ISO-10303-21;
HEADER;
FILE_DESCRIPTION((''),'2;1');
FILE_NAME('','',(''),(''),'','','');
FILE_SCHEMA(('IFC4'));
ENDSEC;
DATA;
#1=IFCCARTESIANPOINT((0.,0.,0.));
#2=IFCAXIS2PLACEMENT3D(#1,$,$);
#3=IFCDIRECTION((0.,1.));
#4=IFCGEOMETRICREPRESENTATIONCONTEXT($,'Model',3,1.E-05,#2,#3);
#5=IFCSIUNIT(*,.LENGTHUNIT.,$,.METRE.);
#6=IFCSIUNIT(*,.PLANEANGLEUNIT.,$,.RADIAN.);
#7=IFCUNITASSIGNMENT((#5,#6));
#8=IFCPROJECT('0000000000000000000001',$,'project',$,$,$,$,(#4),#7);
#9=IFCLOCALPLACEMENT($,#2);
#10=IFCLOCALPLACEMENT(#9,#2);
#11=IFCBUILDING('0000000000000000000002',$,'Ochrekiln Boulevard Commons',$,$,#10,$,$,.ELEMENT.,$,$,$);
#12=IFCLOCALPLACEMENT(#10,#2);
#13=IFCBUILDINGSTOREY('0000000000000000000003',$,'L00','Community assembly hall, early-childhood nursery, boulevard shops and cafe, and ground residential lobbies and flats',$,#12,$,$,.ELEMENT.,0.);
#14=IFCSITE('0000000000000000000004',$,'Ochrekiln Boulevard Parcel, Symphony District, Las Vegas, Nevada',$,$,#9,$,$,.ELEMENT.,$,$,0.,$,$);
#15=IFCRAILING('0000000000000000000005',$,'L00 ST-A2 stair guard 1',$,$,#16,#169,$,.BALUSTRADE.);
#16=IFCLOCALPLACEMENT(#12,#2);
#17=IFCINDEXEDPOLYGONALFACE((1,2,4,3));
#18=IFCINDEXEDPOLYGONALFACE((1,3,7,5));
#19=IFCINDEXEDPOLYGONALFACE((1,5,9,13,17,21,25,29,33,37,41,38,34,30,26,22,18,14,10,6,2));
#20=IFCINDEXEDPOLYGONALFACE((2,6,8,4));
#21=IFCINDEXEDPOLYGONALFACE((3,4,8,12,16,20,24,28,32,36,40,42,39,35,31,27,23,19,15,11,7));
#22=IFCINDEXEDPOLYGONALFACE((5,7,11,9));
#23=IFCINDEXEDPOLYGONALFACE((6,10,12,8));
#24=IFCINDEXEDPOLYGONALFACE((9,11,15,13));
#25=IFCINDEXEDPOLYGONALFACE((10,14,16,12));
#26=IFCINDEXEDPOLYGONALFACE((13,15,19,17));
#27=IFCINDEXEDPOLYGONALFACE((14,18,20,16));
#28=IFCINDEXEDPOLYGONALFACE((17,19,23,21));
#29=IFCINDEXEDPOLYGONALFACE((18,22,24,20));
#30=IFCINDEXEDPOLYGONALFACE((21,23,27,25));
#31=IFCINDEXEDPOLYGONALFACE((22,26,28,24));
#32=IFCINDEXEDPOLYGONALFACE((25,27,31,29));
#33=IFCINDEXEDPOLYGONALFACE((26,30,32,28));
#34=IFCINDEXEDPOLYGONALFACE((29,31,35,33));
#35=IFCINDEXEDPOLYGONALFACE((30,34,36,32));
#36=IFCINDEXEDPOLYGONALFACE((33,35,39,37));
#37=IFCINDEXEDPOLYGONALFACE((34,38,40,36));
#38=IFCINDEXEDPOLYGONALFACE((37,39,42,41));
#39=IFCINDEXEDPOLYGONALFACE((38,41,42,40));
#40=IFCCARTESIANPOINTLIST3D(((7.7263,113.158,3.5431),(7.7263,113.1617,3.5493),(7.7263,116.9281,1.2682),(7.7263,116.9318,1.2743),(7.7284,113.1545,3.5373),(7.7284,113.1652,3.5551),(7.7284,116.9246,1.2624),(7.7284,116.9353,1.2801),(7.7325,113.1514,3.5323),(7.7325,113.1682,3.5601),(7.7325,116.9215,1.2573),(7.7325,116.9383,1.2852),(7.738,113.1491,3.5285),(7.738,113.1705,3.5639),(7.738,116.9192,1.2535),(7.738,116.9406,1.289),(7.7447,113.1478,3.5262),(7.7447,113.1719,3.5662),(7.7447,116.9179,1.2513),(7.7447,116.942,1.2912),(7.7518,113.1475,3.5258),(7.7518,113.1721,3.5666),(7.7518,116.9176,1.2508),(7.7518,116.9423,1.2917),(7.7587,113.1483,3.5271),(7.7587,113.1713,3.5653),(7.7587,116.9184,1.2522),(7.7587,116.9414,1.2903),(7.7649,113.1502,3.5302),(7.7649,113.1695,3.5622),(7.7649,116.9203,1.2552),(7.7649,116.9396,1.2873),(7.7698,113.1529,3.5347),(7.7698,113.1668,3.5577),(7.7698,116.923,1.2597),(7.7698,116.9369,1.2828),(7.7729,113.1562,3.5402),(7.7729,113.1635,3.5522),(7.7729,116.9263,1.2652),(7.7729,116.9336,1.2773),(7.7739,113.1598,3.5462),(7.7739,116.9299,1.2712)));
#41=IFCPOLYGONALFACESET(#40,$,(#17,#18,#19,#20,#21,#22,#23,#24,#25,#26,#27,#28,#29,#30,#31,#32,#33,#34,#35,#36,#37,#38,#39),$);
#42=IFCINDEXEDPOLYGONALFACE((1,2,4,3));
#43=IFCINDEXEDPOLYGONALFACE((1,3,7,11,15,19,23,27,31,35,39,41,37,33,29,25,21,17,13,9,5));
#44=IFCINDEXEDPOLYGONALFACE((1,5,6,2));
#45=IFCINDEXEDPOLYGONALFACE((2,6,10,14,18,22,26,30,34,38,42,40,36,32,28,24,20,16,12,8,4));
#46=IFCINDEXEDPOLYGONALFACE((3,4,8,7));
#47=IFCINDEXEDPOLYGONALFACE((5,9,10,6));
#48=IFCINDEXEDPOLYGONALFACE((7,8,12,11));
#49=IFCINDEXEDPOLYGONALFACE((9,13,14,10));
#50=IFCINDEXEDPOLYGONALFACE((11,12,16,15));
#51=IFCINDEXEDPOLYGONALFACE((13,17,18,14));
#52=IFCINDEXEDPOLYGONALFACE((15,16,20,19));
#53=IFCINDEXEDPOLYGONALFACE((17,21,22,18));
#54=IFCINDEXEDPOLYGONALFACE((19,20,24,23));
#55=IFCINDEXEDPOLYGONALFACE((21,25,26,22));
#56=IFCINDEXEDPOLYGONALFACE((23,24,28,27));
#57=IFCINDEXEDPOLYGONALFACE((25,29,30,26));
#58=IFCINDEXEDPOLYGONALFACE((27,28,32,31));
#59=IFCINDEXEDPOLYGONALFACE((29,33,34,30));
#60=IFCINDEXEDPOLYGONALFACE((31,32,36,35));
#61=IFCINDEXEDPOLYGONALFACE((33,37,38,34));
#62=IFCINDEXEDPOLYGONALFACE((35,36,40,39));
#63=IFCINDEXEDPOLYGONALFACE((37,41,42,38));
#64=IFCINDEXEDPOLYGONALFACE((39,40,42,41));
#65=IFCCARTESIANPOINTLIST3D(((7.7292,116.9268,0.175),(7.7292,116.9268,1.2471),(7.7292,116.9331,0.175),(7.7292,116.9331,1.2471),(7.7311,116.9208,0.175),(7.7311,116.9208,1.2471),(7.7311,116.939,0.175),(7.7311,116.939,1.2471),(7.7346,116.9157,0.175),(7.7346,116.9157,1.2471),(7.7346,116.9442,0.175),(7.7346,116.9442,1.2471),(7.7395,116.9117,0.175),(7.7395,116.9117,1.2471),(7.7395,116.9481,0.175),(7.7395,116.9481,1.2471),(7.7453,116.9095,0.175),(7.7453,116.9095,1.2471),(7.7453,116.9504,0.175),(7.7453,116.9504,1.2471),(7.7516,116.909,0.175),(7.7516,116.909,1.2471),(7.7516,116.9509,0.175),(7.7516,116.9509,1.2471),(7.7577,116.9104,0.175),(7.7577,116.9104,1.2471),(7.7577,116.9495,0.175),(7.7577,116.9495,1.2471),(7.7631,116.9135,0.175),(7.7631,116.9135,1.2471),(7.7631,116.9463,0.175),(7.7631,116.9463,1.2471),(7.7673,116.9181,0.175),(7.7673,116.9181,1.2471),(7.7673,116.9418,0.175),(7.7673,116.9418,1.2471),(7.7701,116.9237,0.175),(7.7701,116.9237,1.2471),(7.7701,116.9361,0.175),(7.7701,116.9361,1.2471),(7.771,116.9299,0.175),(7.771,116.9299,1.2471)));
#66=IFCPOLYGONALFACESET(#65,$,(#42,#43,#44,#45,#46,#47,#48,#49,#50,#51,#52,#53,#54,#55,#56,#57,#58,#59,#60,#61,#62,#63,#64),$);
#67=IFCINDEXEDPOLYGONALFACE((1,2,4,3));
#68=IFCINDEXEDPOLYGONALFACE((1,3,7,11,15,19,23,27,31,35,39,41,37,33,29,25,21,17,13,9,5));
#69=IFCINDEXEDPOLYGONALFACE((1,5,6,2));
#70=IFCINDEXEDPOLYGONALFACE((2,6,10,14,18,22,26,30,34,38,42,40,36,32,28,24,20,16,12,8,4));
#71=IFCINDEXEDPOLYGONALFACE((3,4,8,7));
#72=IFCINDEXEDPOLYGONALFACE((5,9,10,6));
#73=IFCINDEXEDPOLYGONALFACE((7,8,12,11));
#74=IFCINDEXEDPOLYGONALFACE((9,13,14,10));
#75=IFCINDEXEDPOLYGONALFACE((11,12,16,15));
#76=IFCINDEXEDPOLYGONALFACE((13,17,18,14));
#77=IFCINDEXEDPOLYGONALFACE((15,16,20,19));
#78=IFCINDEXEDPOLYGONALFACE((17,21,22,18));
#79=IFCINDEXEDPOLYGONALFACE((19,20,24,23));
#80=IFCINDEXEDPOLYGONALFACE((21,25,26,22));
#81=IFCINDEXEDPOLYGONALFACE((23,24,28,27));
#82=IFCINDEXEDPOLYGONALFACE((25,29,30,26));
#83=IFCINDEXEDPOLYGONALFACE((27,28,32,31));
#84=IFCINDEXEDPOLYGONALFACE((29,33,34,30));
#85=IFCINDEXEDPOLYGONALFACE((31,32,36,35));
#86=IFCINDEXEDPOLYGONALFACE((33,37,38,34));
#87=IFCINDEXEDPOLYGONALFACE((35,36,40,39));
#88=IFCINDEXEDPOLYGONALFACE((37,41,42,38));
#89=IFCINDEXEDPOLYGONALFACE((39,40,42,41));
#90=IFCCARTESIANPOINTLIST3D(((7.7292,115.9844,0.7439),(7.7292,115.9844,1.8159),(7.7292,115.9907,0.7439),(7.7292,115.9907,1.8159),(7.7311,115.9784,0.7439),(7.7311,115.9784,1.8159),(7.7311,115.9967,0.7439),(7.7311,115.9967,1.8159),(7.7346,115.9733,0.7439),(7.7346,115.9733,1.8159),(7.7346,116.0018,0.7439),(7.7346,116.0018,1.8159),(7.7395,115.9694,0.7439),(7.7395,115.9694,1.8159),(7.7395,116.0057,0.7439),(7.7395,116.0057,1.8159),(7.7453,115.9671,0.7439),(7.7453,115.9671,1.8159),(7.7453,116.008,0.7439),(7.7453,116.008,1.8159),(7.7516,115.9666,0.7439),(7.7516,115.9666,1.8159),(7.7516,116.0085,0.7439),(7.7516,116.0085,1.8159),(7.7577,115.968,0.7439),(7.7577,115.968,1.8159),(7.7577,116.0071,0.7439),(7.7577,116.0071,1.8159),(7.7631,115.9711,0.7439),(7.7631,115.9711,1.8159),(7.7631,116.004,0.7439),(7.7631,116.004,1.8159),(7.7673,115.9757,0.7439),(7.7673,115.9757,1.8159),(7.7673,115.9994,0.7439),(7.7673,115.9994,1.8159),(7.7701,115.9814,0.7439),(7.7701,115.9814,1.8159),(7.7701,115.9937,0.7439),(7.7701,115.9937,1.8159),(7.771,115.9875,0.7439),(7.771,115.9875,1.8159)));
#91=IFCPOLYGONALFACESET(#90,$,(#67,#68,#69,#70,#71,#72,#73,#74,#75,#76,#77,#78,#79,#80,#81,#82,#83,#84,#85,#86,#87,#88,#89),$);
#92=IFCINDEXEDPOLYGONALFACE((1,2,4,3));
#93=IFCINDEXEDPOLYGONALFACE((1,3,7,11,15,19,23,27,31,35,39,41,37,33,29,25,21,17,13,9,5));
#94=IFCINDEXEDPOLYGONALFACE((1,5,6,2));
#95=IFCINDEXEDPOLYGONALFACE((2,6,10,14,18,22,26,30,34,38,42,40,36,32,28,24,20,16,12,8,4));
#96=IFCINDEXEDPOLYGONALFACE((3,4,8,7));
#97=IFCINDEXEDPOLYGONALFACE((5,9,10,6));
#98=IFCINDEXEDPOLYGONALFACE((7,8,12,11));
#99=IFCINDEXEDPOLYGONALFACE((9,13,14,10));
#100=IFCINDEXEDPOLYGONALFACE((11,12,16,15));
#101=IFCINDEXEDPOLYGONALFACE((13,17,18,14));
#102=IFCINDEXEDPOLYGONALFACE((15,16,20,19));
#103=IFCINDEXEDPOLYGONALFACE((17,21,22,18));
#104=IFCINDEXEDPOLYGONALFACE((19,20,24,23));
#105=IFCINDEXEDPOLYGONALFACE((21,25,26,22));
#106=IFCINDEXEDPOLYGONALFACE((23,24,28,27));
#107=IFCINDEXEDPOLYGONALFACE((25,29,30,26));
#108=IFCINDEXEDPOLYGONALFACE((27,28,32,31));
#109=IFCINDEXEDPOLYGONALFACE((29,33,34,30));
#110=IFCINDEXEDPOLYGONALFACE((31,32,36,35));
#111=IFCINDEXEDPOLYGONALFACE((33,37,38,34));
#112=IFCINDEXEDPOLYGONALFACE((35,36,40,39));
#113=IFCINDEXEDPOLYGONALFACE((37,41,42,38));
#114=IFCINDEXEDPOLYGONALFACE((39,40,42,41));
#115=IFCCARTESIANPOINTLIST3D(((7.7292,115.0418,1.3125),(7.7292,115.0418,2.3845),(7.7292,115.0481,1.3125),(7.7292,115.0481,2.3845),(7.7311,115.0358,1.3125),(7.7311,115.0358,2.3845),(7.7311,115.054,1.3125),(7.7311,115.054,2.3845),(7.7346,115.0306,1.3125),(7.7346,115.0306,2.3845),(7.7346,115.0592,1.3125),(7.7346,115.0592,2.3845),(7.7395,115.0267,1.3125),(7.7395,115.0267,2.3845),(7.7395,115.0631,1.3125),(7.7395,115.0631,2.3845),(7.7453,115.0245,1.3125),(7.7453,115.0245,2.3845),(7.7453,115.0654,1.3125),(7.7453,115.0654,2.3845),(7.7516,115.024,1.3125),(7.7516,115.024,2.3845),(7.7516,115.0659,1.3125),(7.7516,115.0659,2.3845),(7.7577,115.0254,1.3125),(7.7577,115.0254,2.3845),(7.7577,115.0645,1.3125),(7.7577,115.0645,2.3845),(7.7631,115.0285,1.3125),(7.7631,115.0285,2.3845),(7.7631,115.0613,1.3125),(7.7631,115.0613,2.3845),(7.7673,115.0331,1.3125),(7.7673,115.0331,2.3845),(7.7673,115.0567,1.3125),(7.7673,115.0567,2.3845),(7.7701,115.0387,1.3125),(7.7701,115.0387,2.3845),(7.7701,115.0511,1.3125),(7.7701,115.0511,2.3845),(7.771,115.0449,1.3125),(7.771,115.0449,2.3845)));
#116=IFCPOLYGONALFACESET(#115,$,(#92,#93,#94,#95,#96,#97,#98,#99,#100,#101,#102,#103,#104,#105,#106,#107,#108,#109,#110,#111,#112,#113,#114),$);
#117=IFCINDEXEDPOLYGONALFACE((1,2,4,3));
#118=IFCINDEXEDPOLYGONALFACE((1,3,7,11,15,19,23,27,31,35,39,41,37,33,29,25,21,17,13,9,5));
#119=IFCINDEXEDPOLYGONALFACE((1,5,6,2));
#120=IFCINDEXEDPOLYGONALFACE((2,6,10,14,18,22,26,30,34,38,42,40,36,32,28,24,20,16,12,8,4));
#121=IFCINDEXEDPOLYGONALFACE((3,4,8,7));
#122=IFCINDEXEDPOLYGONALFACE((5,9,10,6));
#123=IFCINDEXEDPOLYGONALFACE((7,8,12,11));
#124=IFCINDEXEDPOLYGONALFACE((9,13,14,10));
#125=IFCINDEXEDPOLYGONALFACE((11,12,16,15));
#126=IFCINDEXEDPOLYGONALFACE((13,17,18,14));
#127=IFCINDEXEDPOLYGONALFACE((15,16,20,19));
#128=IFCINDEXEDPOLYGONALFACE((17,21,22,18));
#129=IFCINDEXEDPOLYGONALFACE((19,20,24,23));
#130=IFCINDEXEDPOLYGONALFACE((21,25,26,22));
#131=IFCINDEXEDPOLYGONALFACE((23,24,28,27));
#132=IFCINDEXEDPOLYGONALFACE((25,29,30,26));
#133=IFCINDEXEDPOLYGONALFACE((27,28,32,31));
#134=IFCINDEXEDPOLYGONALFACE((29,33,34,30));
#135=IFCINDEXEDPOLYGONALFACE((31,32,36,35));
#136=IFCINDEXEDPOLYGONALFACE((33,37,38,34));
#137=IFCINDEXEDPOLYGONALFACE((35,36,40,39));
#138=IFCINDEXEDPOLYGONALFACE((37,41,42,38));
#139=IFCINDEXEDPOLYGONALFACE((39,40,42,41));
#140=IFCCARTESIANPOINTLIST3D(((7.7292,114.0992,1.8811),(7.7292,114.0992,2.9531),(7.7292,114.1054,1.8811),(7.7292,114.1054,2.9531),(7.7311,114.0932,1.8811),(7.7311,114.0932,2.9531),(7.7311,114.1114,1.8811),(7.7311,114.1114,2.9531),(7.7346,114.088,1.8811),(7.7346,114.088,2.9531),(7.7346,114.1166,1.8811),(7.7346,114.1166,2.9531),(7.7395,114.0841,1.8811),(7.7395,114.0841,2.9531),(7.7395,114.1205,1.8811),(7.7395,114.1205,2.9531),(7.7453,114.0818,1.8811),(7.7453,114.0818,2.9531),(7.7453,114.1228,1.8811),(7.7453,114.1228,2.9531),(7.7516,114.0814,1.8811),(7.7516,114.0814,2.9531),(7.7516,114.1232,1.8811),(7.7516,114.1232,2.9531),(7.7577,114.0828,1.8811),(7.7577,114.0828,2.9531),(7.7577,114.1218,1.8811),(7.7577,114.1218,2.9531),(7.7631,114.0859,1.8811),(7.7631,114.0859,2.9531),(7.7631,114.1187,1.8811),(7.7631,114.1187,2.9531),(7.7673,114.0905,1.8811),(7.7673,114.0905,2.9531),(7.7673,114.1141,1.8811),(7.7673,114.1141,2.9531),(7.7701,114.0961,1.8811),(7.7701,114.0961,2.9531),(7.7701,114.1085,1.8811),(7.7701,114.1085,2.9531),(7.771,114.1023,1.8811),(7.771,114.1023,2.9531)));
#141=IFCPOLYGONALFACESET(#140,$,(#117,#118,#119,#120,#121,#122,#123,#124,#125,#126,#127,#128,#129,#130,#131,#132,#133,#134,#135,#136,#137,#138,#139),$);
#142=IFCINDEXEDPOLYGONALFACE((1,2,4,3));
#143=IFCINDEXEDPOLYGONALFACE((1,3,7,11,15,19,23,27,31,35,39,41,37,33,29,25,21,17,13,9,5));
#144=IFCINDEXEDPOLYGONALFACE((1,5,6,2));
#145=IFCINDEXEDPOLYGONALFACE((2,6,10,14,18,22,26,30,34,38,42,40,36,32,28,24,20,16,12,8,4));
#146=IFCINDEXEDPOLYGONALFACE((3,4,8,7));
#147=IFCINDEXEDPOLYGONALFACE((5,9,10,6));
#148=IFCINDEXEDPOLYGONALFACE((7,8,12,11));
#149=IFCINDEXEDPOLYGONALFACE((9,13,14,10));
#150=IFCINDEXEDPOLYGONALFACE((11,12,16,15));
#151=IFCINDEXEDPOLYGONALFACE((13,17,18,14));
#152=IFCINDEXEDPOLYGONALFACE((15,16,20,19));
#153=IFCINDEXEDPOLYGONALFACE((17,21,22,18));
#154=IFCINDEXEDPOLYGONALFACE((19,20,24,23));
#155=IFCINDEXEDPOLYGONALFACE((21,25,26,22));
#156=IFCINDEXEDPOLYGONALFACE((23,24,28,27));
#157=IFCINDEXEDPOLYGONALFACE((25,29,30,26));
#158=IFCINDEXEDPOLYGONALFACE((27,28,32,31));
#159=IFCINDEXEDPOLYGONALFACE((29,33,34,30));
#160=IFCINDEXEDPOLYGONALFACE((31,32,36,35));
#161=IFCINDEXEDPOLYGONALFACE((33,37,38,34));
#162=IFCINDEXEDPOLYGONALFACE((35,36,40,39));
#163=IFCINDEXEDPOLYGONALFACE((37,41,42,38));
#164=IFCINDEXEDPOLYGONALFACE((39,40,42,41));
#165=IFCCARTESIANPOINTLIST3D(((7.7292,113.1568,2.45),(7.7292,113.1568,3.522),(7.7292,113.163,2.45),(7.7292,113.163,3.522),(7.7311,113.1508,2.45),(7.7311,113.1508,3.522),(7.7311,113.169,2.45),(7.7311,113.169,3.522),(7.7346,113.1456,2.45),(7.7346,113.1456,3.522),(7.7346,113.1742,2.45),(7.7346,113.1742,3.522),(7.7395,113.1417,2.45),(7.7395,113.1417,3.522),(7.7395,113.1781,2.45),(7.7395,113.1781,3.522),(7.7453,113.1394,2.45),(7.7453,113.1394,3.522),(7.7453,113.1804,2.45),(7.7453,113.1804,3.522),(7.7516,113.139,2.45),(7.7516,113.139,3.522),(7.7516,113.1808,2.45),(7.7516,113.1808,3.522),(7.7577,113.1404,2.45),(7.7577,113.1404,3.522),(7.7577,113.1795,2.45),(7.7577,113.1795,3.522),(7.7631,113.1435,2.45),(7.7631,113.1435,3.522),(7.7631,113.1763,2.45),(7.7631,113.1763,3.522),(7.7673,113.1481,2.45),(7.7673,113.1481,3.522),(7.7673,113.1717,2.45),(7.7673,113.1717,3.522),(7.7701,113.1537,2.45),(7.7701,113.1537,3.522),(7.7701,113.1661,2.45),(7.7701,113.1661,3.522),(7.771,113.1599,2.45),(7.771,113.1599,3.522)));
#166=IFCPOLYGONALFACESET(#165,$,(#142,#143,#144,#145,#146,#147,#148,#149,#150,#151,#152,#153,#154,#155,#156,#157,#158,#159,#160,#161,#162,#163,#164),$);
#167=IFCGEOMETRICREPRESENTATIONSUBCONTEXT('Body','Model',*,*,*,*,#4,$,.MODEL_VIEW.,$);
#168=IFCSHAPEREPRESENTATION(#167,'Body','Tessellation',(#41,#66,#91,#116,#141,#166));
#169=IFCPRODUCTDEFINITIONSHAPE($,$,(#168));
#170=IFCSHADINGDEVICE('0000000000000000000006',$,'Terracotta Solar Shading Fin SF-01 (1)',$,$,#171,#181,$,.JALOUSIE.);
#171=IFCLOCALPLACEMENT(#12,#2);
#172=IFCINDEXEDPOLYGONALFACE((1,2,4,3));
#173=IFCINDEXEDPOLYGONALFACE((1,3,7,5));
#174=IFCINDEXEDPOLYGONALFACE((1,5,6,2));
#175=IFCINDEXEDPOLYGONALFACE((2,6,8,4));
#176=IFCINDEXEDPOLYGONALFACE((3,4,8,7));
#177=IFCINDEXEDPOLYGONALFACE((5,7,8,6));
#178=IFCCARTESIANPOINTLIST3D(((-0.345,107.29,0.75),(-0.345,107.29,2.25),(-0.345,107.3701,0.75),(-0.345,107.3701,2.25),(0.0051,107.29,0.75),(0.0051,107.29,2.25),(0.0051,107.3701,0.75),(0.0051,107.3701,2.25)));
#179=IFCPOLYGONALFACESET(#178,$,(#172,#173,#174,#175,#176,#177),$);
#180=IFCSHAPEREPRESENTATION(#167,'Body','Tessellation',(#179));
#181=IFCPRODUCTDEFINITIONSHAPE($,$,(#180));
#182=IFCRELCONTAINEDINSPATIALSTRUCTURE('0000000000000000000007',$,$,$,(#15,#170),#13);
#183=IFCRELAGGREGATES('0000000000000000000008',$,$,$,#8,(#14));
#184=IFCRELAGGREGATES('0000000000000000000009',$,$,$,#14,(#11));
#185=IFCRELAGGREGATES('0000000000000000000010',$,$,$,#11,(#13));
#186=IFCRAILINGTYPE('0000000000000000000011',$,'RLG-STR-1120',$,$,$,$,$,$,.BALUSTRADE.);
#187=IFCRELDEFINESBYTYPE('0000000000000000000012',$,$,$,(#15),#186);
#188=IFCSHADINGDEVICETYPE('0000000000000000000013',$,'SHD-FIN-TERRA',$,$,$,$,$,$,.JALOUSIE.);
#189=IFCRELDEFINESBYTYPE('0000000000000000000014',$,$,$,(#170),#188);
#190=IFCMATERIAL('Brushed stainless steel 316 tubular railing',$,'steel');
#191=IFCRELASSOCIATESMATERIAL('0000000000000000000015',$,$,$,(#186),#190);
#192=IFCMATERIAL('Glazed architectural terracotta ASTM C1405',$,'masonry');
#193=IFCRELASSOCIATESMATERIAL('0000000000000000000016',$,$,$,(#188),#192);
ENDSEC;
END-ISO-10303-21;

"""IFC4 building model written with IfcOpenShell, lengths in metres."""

from ifc_helpers import new_model, si_unit, direction, frame, origin, origin_2d, place, context, subcontext, project, spatial, rectangle, circle, extrude, material, type_object, element, save


model = new_model("IFC4")

# Units and contexts
model_context = context("Model", 3, precision=1e-05, world=origin(), true_north=direction((0.0, 1.0)))
body_context = subcontext(model_context, "Body", "Model", "MODEL_VIEW")
ifc_project = project(units=[si_unit("LENGTHUNIT", "METRE"), si_unit("PLANEANGLEUNIT", "RADIAN")], contexts=[model_context])

# Site, building, storey
site_placement = place(None, origin())
site = spatial("IfcSite", under=ifc_project, at=site_placement, Name="Ochrekiln Boulevard Parcel, Symphony District, Las Vegas, Nevada", CompositionType="ELEMENT", RefElevation=0.0)
building_placement = place(site_placement, origin())
building = spatial("IfcBuilding", under=site, at=building_placement, Name="Ochrekiln Boulevard Commons", CompositionType="ELEMENT")
storey_placement = place(building_placement, origin())
storey = spatial("IfcBuildingStorey", under=building, at=storey_placement, Name="L00", Description="Community assembly hall, early-childhood nursery, boulevard shops and cafe, and ground residential lobbies and flats", CompositionType="ELEMENT", Elevation=0.0)

# Railing
ifc_material_1 = material(Name="Brushed stainless steel 316 tubular railing", Category="steel")
railing_type_1 = type_object("IfcRailingType", Name="RLG-STR-1120", PredefinedType="BALUSTRADE", material=ifc_material_1)
railing_1_placement = place(storey_placement, frame((7.75, 116.9299, 0.175)))
element("IfcRailing", 1, at=railing_1_placement, inside=storey, type_object=railing_type_1, Name="L00 ST-A2 stair guard 1", PredefinedType="BALUSTRADE", context=body_context, shape_type="SweptSolid", body=[
    extrude(circle(Radius=0.0239, at=origin_2d()), frame((0.0, 0.0, 1.0962), z_axis=(0.0, -0.856199, 0.516647), x_axis=(1.0, 0.0, 0.0)), (0.0, 0.0, 1.0), 4.4033),
    extrude(circle(Radius=0.021, at=origin_2d()), origin(), (0.0, 0.0, 1.0), 1.072),
    extrude(circle(Radius=0.021, at=origin_2d()), frame((0.0, -0.9424, 0.5688)), (0.0, 0.0, 1.0), 1.072),
    extrude(circle(Radius=0.021, at=origin_2d()), frame((0.0, -1.885, 1.1375)), (0.0, 0.0, 1.0), 1.072),
    extrude(circle(Radius=0.021, at=origin_2d()), frame((0.0, -2.8276, 1.7061)), (0.0, 0.0, 1.0), 1.072),
    extrude(circle(Radius=0.021, at=origin_2d()), frame((0.0, -3.77, 2.2749)), (0.0, 0.0, 1.0), 1.072),
])

# Shading device
ifc_material_2 = material(Name="Glazed architectural terracotta ASTM C1405", Category="masonry")
shading_device_type = type_object("IfcShadingDeviceType", Name="SHD-FIN-TERRA", PredefinedType="JALOUSIE", material=ifc_material_2)
shading_device_placement = place(storey_placement, frame((-0.1699, 107.3301, 0.75), z_axis=(0.0, 0.0, 1.0), x_axis=(1.0, 0.0, 0.0)))
element("IfcShadingDevice", 2, at=shading_device_placement, inside=storey, type_object=shading_device_type, Name="Terracotta Solar Shading Fin SF-01 (1)", PredefinedType="JALOUSIE", context=body_context, shape_type="SweptSolid", body=[
    extrude(rectangle(XDim=0.3501, YDim=0.0801, at=origin_2d()), origin(), (0.0, 0.0, 1.0), 1.5),
])

save(model, "model.ifc")
